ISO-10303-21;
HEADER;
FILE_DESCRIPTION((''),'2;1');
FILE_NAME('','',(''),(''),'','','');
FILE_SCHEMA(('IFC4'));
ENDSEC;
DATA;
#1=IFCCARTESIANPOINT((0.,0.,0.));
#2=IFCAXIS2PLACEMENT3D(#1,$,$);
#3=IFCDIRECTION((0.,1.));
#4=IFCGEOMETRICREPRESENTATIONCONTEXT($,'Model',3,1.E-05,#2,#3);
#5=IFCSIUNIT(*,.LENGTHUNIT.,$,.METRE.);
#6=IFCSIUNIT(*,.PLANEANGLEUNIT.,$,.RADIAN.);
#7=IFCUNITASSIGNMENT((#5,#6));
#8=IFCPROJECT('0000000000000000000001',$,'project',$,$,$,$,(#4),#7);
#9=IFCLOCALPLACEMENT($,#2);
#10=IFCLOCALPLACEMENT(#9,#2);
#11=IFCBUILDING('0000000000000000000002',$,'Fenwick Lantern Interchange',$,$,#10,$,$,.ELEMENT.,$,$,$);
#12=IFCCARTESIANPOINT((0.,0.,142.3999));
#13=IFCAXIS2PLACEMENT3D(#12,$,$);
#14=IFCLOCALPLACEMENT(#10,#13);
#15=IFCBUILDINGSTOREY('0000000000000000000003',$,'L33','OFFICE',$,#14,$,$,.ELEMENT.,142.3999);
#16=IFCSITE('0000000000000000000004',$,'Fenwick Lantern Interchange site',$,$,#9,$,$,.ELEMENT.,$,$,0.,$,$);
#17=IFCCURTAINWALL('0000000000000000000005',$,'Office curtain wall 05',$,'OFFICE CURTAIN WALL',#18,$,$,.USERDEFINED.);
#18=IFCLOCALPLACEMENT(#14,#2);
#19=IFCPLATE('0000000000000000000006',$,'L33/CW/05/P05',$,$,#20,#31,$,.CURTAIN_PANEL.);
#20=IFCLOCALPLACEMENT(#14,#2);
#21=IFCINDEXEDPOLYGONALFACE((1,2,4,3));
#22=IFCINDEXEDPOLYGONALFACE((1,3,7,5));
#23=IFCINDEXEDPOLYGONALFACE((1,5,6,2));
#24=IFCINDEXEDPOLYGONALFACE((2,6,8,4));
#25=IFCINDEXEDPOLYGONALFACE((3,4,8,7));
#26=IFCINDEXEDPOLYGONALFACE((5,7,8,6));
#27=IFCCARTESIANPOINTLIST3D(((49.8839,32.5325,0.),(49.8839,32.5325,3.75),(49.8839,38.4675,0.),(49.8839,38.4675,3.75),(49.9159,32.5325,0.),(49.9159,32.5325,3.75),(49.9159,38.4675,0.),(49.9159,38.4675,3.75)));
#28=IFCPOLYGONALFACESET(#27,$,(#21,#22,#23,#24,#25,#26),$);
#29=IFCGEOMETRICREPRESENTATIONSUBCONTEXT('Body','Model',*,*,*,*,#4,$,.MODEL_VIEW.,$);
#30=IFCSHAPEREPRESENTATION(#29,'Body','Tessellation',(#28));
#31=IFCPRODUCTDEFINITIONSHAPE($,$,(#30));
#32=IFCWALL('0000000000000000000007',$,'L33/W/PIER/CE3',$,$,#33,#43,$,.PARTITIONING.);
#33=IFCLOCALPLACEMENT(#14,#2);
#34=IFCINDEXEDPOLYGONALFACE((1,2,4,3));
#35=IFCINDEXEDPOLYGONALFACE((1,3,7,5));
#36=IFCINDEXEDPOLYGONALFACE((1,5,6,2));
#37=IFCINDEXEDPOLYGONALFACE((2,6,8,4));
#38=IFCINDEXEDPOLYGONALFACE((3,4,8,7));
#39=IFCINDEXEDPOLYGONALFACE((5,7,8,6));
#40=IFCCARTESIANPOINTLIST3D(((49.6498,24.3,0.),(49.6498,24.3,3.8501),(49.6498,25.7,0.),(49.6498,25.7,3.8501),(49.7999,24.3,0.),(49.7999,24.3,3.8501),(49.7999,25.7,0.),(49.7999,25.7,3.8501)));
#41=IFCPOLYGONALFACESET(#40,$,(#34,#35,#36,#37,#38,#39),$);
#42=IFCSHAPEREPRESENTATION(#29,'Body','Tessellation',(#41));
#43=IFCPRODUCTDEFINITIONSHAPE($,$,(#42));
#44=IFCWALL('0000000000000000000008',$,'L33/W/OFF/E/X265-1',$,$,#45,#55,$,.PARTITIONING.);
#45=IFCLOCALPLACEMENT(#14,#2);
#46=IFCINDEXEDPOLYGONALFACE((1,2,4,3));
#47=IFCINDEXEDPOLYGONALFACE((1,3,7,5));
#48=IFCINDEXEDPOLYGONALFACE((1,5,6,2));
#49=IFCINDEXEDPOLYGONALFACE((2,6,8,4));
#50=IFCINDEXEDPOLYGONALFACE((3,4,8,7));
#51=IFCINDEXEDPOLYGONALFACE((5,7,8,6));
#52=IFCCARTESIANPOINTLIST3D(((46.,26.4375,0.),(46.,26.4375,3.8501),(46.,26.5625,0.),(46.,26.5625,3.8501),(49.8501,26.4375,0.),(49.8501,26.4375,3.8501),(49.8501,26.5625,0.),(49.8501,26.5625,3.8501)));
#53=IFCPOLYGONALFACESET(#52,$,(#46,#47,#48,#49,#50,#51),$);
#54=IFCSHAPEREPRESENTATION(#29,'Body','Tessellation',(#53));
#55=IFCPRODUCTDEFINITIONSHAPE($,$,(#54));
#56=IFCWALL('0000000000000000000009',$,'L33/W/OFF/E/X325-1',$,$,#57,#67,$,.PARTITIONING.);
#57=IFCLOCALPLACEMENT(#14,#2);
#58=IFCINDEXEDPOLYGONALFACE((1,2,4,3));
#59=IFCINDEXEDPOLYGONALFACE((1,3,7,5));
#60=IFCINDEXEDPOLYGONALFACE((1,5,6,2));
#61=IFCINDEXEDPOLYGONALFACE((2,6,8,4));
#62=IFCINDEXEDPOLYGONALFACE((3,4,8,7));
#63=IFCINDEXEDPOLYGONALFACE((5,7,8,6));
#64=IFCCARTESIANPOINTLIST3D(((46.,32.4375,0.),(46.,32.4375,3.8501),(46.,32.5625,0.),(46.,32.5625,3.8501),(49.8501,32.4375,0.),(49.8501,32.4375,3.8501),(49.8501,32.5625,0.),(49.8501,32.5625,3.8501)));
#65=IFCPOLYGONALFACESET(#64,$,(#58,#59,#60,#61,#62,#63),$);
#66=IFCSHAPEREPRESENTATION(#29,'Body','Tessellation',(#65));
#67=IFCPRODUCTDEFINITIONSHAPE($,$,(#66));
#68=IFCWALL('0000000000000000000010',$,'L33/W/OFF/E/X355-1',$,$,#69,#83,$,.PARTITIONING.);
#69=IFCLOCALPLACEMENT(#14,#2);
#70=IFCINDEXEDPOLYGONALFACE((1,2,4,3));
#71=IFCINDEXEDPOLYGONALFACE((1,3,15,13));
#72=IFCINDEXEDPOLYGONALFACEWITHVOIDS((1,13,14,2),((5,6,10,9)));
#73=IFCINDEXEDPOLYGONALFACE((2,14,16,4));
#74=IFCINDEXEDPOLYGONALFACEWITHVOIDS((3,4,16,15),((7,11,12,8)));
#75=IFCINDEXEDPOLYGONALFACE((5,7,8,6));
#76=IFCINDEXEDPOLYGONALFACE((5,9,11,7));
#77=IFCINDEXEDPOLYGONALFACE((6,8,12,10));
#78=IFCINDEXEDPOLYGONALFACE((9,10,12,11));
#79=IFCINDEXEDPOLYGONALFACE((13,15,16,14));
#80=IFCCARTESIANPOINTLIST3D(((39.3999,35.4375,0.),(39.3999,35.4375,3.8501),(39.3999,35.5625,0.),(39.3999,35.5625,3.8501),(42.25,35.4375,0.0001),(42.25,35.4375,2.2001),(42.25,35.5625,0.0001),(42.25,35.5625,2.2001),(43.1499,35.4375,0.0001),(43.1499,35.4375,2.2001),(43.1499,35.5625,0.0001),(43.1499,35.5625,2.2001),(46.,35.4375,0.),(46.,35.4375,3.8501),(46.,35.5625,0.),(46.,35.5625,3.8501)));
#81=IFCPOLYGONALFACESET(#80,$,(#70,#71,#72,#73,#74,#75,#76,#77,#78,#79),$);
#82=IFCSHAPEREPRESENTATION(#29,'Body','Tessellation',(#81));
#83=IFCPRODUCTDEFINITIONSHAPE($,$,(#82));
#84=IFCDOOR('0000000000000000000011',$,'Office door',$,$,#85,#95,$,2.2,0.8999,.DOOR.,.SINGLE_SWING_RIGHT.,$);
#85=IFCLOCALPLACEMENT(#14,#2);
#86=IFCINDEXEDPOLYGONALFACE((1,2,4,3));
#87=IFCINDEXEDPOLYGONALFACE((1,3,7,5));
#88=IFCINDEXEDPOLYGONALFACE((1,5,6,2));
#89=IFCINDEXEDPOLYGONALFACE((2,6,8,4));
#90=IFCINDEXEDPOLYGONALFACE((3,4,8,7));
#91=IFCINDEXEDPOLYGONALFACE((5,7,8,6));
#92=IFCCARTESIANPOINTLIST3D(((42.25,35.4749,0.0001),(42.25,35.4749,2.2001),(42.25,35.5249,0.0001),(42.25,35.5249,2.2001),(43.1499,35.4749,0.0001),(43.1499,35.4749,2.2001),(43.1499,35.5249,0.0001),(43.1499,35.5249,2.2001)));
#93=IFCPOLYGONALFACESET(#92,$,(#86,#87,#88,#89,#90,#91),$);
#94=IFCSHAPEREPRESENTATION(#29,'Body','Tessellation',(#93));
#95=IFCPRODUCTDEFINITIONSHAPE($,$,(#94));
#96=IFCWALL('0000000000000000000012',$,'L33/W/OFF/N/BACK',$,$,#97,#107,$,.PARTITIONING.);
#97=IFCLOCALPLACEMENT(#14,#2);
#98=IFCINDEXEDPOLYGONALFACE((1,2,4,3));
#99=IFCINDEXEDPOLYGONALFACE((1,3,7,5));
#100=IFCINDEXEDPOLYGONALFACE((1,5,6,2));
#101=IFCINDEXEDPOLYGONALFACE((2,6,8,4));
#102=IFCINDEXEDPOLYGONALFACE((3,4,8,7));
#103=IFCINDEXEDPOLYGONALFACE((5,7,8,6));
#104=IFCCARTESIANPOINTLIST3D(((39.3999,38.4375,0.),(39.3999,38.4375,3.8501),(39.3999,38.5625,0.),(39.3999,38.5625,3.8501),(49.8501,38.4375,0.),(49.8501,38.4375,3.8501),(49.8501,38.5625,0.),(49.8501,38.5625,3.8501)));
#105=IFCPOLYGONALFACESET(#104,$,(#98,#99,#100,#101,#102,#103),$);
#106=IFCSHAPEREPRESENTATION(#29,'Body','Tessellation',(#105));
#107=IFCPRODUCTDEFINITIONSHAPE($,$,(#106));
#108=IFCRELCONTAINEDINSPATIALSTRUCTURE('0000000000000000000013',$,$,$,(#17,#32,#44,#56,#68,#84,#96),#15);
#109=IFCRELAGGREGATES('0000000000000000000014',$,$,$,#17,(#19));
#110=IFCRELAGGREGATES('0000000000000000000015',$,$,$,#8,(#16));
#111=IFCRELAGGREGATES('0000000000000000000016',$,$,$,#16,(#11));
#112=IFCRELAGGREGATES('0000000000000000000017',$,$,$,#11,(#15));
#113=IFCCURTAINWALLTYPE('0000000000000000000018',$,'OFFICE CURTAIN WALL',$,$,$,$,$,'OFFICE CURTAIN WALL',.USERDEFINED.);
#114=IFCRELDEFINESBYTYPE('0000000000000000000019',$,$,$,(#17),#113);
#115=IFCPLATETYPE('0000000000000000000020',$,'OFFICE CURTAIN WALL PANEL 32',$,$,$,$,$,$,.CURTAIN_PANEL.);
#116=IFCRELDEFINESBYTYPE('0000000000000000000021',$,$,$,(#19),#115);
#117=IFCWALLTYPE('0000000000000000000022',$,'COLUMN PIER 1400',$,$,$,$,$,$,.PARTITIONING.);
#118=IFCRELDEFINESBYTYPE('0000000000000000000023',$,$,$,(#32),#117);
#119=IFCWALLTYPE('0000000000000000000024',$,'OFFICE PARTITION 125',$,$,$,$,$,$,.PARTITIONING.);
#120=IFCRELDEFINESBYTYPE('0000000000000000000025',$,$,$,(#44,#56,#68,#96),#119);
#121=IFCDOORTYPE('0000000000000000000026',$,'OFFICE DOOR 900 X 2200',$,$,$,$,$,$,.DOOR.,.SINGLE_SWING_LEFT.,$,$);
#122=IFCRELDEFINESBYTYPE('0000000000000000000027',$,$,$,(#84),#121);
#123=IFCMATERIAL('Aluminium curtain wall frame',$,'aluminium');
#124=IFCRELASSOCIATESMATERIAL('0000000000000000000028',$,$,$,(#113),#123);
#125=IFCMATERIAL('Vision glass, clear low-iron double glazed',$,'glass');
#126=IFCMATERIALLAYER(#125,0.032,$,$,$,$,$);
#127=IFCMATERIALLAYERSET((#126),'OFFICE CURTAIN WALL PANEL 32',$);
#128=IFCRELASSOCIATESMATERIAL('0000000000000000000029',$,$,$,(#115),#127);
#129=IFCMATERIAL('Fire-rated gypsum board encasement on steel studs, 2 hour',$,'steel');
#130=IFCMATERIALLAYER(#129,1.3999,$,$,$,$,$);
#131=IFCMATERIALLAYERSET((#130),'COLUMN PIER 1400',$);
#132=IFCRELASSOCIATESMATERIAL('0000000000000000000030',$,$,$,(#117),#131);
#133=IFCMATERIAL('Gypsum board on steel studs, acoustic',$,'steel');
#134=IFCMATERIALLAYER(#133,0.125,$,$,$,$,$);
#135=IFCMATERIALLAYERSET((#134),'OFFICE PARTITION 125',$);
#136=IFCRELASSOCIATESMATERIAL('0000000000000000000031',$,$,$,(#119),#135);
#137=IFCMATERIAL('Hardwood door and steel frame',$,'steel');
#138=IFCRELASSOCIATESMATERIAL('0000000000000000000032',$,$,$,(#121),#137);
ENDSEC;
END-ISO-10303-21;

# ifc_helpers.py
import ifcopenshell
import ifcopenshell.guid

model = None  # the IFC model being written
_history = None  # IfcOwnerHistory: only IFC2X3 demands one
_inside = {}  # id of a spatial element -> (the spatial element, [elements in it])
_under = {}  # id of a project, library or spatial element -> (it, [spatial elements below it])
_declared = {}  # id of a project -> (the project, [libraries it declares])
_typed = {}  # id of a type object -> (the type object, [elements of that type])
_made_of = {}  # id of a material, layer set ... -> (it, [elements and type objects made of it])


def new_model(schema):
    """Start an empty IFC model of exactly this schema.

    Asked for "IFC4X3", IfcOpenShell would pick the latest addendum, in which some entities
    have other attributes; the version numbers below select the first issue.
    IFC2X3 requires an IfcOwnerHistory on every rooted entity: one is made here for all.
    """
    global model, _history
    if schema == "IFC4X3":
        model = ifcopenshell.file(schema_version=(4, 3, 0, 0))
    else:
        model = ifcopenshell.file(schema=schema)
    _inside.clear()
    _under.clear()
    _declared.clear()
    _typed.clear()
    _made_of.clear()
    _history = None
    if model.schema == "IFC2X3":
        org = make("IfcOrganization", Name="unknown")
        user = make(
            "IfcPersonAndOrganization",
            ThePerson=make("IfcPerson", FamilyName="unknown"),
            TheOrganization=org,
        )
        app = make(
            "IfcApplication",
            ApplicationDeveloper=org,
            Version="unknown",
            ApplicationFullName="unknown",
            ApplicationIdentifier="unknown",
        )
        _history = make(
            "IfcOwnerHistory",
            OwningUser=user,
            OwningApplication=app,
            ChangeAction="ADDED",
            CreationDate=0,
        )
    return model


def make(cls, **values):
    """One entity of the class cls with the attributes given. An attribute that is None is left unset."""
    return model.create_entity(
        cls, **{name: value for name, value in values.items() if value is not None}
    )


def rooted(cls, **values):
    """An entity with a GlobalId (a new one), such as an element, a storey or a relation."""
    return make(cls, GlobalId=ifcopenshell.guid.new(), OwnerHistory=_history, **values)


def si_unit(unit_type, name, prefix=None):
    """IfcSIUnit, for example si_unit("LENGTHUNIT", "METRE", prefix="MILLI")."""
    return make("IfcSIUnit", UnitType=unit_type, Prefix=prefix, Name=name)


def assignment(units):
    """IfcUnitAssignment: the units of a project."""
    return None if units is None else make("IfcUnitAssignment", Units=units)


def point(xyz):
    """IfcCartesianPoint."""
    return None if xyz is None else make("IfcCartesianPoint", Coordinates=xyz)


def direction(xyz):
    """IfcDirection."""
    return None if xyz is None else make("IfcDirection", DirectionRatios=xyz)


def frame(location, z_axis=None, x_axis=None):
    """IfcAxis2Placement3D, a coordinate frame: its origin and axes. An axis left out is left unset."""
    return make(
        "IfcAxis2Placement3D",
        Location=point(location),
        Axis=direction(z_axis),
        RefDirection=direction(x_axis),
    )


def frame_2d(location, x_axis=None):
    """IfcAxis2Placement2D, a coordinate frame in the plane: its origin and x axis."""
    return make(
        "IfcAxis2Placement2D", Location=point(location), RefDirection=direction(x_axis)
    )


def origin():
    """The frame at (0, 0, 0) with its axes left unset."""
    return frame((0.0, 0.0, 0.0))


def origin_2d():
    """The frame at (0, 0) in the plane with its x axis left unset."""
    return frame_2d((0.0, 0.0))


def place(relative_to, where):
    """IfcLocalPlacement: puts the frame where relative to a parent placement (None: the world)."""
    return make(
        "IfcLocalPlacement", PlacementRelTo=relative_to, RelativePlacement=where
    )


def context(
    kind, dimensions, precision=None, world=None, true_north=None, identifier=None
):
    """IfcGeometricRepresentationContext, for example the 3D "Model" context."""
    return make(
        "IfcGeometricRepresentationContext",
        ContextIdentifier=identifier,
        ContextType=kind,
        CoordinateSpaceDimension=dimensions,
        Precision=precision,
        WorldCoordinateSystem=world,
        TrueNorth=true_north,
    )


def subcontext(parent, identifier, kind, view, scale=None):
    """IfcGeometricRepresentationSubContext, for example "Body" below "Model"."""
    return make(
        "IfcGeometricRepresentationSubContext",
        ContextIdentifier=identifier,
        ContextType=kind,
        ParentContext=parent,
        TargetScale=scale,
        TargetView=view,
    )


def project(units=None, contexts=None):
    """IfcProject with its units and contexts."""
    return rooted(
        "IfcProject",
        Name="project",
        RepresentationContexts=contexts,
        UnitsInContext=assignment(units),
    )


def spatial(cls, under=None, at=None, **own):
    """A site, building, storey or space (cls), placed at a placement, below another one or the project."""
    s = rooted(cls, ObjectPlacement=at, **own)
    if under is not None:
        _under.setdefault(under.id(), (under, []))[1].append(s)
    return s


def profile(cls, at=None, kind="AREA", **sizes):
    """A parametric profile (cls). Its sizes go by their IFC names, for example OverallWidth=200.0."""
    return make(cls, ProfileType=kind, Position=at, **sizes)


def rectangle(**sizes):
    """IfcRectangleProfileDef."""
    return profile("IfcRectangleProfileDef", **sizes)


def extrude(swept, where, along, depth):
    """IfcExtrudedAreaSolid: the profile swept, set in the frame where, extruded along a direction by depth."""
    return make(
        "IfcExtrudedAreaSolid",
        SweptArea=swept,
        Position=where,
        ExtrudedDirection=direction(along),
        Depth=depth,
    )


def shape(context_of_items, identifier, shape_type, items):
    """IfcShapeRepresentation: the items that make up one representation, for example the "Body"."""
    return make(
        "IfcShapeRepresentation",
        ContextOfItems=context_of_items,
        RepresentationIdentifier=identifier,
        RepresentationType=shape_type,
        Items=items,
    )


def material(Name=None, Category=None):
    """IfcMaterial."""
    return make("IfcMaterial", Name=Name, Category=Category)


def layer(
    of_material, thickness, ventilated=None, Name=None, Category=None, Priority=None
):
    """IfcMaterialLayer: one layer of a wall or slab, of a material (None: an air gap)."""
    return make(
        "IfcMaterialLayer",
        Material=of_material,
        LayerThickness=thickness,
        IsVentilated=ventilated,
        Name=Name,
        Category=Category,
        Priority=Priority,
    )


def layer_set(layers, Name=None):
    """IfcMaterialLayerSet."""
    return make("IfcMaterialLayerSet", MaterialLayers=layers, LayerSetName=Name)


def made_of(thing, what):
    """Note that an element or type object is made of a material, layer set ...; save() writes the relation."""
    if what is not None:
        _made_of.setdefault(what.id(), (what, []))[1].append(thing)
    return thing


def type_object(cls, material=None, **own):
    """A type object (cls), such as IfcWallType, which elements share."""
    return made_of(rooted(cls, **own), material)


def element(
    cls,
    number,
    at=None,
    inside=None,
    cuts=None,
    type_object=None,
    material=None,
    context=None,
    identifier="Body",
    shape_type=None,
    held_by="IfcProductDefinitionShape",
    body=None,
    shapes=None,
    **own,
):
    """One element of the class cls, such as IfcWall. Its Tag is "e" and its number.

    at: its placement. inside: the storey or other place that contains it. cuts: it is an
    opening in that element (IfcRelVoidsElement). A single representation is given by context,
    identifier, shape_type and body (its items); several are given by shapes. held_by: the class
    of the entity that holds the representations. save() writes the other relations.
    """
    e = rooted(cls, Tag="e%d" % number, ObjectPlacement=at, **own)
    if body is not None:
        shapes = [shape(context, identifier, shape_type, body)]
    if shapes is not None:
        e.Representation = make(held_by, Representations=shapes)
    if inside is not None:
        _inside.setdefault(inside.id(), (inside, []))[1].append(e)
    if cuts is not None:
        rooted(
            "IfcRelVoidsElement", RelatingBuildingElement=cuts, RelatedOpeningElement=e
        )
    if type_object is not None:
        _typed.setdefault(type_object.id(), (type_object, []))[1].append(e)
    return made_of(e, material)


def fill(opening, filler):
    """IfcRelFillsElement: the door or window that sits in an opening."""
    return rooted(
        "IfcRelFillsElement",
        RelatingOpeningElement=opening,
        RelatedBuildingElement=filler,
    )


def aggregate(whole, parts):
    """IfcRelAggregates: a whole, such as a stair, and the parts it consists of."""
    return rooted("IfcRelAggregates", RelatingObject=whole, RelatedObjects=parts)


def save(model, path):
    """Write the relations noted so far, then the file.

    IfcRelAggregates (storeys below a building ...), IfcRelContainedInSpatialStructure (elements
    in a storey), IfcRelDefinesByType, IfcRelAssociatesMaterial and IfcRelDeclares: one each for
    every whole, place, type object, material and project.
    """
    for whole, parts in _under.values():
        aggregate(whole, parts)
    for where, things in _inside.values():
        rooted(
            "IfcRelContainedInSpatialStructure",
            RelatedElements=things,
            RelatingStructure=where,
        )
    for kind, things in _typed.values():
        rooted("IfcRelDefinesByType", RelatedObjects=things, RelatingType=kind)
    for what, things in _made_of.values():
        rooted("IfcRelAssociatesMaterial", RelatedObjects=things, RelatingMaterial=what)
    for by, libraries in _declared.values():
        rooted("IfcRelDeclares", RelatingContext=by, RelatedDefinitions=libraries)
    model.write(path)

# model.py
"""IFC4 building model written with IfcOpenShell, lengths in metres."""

from ifc_helpers import new_model, si_unit, direction, frame, frame_2d, origin, origin_2d, place, context, subcontext, project, spatial, rectangle, extrude, material, layer, layer_set, type_object, element, fill, aggregate, save


model = new_model("IFC4")

# Units and contexts
model_context = context("Model", 3, precision=1e-05, world=origin(), true_north=direction((0.0, 1.0)))
body_context = subcontext(model_context, "Body", "Model", "MODEL_VIEW")
ifc_project = project(units=[si_unit("LENGTHUNIT", "METRE"), si_unit("PLANEANGLEUNIT", "RADIAN")], contexts=[model_context])

# Site, building, storey
site_placement = place(None, origin())
site = spatial("IfcSite", under=ifc_project, at=site_placement, Name="Fenwick Lantern Interchange site", CompositionType="ELEMENT", RefElevation=0.0)
building_placement = place(site_placement, origin())
building = spatial("IfcBuilding", under=site, at=building_placement, Name="Fenwick Lantern Interchange", CompositionType="ELEMENT")
storey_placement = place(building_placement, frame((0.0, 0.0, 142.3999)))
storey = spatial("IfcBuildingStorey", under=building, at=storey_placement, Name="L33", Description="OFFICE", CompositionType="ELEMENT", Elevation=142.3999)

# Curtain wall
ifc_material_1 = material(Name="Aluminium curtain wall frame", Category="aluminium")
curtain_wall_type = type_object("IfcCurtainWallType", Name="OFFICE CURTAIN WALL", ElementType="OFFICE CURTAIN WALL", PredefinedType="USERDEFINED", material=ifc_material_1)
curtain_wall_1_placement = place(storey_placement, origin())
curtain_wall_1 = element("IfcCurtainWall", 1, at=curtain_wall_1_placement, inside=storey, type_object=curtain_wall_type, Name="Office curtain wall 05", ObjectType="OFFICE CURTAIN WALL", PredefinedType="USERDEFINED")

# Plate
ifc_material_2 = material(Name="Vision glass, clear low-iron double glazed", Category="glass")
ifc_layer_1 = layer(ifc_material_2, 0.032)
ifc_layer_set_1 = layer_set([ifc_layer_1], Name="OFFICE CURTAIN WALL PANEL 32")
plate_type = type_object("IfcPlateType", Name="OFFICE CURTAIN WALL PANEL 32", PredefinedType="CURTAIN_PANEL", material=ifc_layer_set_1)
plate_placement = place(storey_placement, frame((49.8999, 35.5, 0.0), z_axis=(0.0, 0.0, 1.0), x_axis=(0.0, 1.0, 0.0)))
plate = element("IfcPlate", 2, at=plate_placement, type_object=plate_type, Name="L33/CW/05/P05", PredefinedType="CURTAIN_PANEL", context=body_context, shape_type="SweptSolid", body=[
    extrude(rectangle(XDim=5.9351, YDim=0.032, at=origin_2d()), origin(), (0.0, 0.0, 1.0), 3.75),
])
aggregate(curtain_wall_1, [plate])

# Walls
ifc_material_3 = material(Name="Fire-rated gypsum board encasement on steel studs, 2 hour", Category="steel")
ifc_layer_2 = layer(ifc_material_3, 1.3999)
ifc_layer_set_2 = layer_set([ifc_layer_2], Name="COLUMN PIER 1400")
wall_type_1 = type_object("IfcWallType", Name="COLUMN PIER 1400", PredefinedType="PARTITIONING", material=ifc_layer_set_2)
wall_1_placement = place(storey_placement, frame((49.8, 25.0, 0.0), z_axis=(0.0, 0.0, 1.0), x_axis=(-1.0, 0.0, 0.0)))
element("IfcWall", 3, at=wall_1_placement, inside=storey, type_object=wall_type_1, Name="L33/W/PIER/CE3", PredefinedType="PARTITIONING", context=body_context, shape_type="SweptSolid", body=[
    extrude(rectangle(XDim=0.1501, YDim=1.3999, at=frame_2d((0.0752, 0.0))), origin(), (0.0, 0.0, 1.0), 3.8501),
])
ifc_material_4 = material(Name="Gypsum board on steel studs, acoustic", Category="steel")
ifc_layer_3 = layer(ifc_material_4, 0.125)
ifc_layer_set_3 = layer_set([ifc_layer_3], Name="OFFICE PARTITION 125")
wall_type_2 = type_object("IfcWallType", Name="OFFICE PARTITION 125", PredefinedType="PARTITIONING", material=ifc_layer_set_3)
for number, where, z_axis, x_axis, name in (
    (4, (49.8501, 26.5, 0.0), (0.0, 0.0, 1.0), (-1.0, 0.0, 0.0), "L33/W/OFF/E/X265-1"),
    (5, (49.8501, 32.5, 0.0), (0.0, 0.0, 1.0), (-1.0, 0.0, 0.0), "L33/W/OFF/E/X325-1"),
):
    element("IfcWall", number, at=place(storey_placement, frame(where, z_axis=z_axis, x_axis=x_axis)), inside=storey, type_object=wall_type_2, Name=name, PredefinedType="PARTITIONING", context=body_context, shape_type="SweptSolid", body=[
        extrude(rectangle(XDim=3.8501, YDim=0.125, at=frame_2d((1.925, 0.0))), origin(), (0.0, 0.0, 1.0), 3.8501),
    ])

# Wall, opening, door
wall_2_placement = place(storey_placement, frame((46.0, 35.5, 0.0), z_axis=(0.0, 0.0, 1.0), x_axis=(-1.0, 0.0, 0.0)))
wall_2 = element("IfcWall", 6, at=wall_2_placement, inside=storey, type_object=wall_type_2, Name="L33/W/OFF/E/X355-1", PredefinedType="PARTITIONING", context=body_context, shape_type="SweptSolid", body=[
    extrude(rectangle(XDim=6.6001, YDim=0.125, at=frame_2d((3.3, 0.0))), origin(), (0.0, 0.0, 1.0), 3.8501),
])
opening_placement = place(wall_2_placement, frame((2.8501, 0.0, 0.0)))
opening = element("IfcOpeningElement", 7, at=opening_placement, cuts=wall_2, PredefinedType="OPENING", context=body_context, shape_type="SweptSolid", body=[
    extrude(rectangle(XDim=0.8999, YDim=2.2, at=frame_2d((0.45, 1.1001))), frame((0.0, 0.0725, 0.0), z_axis=(0.0, -1.0, 0.0), x_axis=(1.0, 0.0, 0.0)), (0.0, 0.0, 1.0), 0.145),
])
ifc_material_5 = material(Name="Hardwood door and steel frame", Category="steel")
door_type = type_object("IfcDoorType", Name="OFFICE DOOR 900 X 2200", OperationType="SINGLE_SWING_LEFT", PredefinedType="DOOR", material=ifc_material_5)
door_placement = place(opening_placement, frame((0.8999, 0.0, 0.0), z_axis=(0.0, 0.0, 1.0), x_axis=(-1.0, 0.0, 0.0)))
door = element("IfcDoor", 8, at=door_placement, inside=storey, type_object=door_type, Name="Office door", OperationType="SINGLE_SWING_RIGHT", OverallHeight=2.2, OverallWidth=0.8999, PredefinedType="DOOR", context=body_context, shape_type="SweptSolid", body=[
    extrude(rectangle(XDim=0.8999, YDim=2.2, at=frame_2d((0.45, 1.1001))), frame((0.0, 0.0249, 0.0), z_axis=(0.0, -1.0, 0.0), x_axis=(1.0, 0.0, 0.0)), (0.0, 0.0, 1.0), 0.05),
])
fill(opening, door)

# Wall
wall_3_placement = place(storey_placement, frame((49.8501, 38.5, 0.0), z_axis=(0.0, 0.0, 1.0), x_axis=(-1.0, 0.0, 0.0)))
element("IfcWall", 9, at=wall_3_placement, inside=storey, type_object=wall_type_2, Name="L33/W/OFF/N/BACK", PredefinedType="PARTITIONING", context=body_context, shape_type="SweptSolid", body=[
    extrude(rectangle(XDim=10.4502, YDim=0.125, at=frame_2d((5.2251, 0.0))), origin(), (0.0, 0.0, 1.0), 3.8501),
])

save(model, "model.ifc")
